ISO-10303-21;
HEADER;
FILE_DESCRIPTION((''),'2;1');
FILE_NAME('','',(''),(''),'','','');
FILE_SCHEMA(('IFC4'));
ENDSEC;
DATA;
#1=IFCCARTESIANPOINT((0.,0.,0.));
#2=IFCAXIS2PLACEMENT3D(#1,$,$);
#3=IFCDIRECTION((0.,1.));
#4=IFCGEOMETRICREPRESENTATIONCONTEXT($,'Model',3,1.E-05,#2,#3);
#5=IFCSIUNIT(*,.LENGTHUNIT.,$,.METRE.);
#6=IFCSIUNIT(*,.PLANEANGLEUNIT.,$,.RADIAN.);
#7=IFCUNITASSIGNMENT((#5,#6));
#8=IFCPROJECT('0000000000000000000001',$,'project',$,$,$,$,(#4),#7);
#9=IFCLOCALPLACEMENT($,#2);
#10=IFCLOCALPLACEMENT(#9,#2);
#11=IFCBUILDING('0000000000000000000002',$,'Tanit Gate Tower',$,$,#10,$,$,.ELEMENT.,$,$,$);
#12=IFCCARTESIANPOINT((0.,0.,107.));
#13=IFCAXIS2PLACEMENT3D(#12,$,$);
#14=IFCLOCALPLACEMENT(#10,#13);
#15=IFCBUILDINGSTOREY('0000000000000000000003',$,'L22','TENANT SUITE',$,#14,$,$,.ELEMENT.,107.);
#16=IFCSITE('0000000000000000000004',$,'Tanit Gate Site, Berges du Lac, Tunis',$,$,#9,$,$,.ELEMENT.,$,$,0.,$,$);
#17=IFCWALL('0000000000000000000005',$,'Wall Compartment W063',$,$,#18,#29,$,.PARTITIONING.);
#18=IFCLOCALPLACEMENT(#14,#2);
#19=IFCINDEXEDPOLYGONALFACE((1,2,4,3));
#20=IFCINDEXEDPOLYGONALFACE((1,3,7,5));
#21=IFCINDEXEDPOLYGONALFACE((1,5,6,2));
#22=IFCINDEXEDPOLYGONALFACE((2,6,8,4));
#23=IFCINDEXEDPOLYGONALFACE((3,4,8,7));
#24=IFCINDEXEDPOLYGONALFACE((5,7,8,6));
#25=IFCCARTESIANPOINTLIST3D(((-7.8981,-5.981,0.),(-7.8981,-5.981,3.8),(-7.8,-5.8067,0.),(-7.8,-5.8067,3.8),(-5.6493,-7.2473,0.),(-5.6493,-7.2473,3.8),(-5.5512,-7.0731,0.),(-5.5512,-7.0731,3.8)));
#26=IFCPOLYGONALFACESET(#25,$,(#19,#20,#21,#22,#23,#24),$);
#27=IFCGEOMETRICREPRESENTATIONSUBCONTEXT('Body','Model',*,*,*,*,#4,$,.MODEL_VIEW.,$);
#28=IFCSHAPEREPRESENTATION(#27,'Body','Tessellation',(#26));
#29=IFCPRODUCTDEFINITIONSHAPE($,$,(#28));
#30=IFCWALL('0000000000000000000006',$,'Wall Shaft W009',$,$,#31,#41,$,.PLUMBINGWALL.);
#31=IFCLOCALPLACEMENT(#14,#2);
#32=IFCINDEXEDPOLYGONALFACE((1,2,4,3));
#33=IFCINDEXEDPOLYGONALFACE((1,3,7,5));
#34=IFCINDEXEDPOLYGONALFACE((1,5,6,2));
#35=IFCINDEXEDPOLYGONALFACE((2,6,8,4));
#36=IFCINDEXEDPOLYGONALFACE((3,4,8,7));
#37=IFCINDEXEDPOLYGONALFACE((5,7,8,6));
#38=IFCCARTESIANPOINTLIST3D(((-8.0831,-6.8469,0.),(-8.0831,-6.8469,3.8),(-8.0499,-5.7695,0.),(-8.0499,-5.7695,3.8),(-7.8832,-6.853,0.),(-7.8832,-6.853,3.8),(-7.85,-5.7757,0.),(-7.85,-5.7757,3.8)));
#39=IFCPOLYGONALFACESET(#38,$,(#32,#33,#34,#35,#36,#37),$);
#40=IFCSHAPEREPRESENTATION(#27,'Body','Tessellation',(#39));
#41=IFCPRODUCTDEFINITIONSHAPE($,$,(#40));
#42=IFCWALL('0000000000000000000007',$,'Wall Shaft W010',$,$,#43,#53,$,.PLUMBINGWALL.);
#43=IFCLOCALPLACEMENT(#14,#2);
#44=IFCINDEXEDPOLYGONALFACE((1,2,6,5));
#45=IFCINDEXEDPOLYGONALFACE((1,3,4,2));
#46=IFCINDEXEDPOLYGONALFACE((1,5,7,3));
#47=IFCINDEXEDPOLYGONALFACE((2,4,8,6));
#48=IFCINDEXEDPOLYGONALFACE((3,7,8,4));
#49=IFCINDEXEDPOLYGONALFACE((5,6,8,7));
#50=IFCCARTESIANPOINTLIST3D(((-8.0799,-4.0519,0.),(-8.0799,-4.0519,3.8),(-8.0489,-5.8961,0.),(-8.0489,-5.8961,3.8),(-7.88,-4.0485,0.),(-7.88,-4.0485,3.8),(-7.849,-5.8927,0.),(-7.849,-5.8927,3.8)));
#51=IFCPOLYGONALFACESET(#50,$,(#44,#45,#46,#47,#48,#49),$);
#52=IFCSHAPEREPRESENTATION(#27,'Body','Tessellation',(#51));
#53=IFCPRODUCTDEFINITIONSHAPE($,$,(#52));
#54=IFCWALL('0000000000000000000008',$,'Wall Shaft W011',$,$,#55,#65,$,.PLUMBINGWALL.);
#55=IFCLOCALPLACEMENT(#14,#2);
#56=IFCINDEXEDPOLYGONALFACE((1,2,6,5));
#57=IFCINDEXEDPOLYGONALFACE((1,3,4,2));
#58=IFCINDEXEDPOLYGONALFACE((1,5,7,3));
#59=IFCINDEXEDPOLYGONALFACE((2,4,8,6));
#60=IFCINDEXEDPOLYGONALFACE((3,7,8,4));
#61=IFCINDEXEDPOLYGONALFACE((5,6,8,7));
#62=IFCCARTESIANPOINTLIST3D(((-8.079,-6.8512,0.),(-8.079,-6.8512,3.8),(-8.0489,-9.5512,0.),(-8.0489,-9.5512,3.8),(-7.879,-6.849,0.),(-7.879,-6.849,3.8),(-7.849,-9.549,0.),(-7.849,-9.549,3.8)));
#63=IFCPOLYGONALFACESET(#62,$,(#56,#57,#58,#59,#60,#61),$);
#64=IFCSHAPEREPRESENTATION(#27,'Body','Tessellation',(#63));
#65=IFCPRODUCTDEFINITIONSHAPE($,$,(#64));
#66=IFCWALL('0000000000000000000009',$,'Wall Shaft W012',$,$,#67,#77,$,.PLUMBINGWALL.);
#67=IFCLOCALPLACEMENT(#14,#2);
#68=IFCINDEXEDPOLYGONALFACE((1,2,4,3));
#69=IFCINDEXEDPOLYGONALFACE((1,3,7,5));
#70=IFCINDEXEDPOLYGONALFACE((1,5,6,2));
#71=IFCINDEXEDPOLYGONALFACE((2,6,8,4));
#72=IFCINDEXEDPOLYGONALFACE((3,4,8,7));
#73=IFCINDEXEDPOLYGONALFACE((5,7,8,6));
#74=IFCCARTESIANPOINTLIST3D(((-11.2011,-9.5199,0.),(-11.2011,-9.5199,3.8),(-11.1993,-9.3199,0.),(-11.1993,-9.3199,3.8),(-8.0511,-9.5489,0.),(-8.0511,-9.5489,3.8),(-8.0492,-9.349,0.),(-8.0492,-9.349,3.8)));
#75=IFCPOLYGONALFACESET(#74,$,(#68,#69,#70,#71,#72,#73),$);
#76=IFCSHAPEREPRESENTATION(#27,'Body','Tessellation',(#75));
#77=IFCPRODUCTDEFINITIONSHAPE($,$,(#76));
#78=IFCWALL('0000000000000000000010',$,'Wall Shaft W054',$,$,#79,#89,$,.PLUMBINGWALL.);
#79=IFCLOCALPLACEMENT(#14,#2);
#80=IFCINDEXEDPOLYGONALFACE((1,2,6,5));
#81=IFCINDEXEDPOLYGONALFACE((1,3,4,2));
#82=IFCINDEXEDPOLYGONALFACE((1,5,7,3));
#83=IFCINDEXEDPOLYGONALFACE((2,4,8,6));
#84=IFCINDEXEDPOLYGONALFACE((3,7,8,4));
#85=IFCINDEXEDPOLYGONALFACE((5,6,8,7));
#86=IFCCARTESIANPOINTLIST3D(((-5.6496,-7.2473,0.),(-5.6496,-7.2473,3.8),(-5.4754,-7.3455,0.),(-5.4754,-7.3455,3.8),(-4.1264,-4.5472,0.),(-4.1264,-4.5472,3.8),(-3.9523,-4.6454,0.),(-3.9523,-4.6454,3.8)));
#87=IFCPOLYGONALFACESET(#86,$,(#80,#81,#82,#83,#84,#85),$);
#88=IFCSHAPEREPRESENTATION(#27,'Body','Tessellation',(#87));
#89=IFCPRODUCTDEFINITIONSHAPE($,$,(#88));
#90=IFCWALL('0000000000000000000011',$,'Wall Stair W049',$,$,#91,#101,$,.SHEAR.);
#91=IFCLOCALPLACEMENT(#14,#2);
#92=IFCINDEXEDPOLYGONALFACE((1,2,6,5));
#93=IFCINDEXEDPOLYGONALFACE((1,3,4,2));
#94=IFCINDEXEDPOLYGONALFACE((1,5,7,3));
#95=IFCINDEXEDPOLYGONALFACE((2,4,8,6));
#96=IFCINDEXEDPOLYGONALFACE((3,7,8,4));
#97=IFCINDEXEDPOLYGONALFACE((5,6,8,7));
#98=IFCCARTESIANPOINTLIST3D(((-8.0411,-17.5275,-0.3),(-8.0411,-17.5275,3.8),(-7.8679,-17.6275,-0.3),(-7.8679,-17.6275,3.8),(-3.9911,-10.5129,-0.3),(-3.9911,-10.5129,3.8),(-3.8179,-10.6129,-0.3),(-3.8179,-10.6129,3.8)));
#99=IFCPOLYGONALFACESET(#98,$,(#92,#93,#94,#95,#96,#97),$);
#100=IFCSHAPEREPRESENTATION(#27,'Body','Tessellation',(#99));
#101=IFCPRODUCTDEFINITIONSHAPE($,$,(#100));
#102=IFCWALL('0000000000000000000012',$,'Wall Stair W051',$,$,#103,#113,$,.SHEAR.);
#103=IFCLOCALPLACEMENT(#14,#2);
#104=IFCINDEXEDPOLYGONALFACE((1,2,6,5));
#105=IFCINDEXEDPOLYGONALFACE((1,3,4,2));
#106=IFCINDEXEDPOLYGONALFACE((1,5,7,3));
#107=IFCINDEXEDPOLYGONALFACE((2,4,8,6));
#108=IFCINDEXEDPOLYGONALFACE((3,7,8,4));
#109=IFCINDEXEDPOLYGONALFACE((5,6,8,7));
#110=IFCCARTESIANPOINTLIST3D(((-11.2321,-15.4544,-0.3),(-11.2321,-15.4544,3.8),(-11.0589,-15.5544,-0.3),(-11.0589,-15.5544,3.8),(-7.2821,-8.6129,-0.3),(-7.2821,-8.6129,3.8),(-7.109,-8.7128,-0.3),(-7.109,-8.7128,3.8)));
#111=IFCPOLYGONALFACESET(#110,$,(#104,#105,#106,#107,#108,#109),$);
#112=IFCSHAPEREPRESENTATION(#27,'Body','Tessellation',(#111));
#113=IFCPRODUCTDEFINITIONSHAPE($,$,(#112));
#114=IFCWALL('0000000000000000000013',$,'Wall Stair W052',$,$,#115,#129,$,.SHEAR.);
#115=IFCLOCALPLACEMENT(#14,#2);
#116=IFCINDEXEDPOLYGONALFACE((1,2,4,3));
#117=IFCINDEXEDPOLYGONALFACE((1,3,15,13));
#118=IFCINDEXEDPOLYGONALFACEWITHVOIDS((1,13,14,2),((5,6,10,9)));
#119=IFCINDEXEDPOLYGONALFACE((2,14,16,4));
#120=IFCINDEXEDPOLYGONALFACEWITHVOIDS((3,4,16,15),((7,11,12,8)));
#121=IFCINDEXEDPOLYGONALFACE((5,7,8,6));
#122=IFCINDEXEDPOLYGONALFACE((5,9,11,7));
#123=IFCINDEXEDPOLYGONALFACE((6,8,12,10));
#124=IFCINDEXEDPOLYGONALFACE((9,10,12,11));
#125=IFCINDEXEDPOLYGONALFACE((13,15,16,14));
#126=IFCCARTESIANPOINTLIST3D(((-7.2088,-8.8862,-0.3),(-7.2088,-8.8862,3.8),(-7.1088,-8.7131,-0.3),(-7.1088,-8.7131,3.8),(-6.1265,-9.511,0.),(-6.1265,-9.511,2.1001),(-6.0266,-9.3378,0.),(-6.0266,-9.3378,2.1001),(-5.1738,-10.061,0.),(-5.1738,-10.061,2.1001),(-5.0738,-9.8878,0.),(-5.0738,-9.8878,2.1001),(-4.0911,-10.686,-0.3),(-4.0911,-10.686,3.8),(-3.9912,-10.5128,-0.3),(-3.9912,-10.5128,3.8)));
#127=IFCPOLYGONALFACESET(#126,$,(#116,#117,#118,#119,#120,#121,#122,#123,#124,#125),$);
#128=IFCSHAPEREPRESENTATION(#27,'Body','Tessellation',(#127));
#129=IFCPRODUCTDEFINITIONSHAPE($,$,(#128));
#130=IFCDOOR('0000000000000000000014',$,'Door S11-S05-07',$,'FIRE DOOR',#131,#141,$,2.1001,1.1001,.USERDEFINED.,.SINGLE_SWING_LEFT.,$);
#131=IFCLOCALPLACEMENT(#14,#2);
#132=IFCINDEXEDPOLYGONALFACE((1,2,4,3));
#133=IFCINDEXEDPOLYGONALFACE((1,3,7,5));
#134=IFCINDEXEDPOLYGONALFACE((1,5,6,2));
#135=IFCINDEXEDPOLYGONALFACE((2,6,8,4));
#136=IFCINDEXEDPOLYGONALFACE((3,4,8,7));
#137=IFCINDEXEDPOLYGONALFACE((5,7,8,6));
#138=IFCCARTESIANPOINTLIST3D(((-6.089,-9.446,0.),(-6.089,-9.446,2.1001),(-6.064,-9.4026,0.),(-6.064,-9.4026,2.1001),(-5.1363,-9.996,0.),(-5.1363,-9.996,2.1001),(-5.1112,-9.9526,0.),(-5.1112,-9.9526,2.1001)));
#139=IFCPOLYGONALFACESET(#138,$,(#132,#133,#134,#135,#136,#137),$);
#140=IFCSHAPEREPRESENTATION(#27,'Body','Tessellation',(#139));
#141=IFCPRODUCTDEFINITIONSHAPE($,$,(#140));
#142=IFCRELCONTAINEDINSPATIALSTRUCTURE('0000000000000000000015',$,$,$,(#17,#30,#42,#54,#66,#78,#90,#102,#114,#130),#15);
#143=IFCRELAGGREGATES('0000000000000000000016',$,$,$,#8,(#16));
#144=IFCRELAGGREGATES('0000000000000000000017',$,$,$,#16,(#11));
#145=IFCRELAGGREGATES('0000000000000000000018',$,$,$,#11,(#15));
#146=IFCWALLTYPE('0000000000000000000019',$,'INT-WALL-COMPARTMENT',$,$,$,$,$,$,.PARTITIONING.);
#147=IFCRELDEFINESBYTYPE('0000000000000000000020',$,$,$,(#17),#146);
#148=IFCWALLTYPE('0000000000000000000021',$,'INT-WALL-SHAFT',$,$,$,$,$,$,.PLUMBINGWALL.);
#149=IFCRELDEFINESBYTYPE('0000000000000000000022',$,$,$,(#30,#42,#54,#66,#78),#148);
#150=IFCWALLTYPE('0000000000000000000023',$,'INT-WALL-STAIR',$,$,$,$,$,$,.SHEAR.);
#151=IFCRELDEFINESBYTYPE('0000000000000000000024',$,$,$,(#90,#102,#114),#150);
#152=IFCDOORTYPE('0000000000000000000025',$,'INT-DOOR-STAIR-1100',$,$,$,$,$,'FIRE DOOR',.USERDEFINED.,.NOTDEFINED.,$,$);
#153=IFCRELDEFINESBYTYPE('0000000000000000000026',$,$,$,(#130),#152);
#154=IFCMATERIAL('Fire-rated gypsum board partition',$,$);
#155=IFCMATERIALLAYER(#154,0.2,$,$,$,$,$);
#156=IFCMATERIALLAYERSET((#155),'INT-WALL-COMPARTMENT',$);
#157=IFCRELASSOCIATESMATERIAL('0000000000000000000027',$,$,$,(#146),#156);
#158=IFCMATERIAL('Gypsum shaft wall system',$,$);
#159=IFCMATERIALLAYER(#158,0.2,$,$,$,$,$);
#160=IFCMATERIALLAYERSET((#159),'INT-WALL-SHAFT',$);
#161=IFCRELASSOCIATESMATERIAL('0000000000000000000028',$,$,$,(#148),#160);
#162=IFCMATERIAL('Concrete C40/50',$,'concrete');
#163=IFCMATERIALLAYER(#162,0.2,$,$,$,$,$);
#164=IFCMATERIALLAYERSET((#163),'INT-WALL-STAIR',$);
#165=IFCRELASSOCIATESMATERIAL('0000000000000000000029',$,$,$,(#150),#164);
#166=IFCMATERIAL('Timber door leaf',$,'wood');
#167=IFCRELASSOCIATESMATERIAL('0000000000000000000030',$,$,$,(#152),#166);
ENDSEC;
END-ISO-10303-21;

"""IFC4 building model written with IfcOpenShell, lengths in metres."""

from ifc_helpers import new_model, si_unit, direction, frame, frame_2d, origin, place, context, subcontext, project, spatial, rectangle, extrude, material, layer, layer_set, type_object, element, fill, save


model = new_model("IFC4")

# Units and contexts
model_context = context("Model", 3, precision=1e-05, world=origin(), true_north=direction((0.0, 1.0)))
body_context = subcontext(model_context, "Body", "Model", "MODEL_VIEW")
ifc_project = project(units=[si_unit("LENGTHUNIT", "METRE"), si_unit("PLANEANGLEUNIT", "RADIAN")], contexts=[model_context])

# Site, building, storey
site_placement = place(None, origin())
site = spatial("IfcSite", under=ifc_project, at=site_placement, Name="Tanit Gate Site, Berges du Lac, Tunis", CompositionType="ELEMENT", RefElevation=0.0)
building_placement = place(site_placement, origin())
building = spatial("IfcBuilding", under=site, at=building_placement, Name="Tanit Gate Tower", CompositionType="ELEMENT")
storey_placement = place(building_placement, frame((0.0, 0.0, 107.0)))
storey = spatial("IfcBuildingStorey", under=building, at=storey_placement, Name="L22", Description="TENANT SUITE", CompositionType="ELEMENT", Elevation=107.0)

# Walls
ifc_material_1 = material(Name="Fire-rated gypsum board partition")
ifc_layer_1 = layer(ifc_material_1, 0.2)
ifc_layer_set_1 = layer_set([ifc_layer_1], Name="INT-WALL-COMPARTMENT")
wall_type_1 = type_object("IfcWallType", Name="INT-WALL-COMPARTMENT", PredefinedType="PARTITIONING", material=ifc_layer_set_1)
wall_1_placement = place(storey_placement, frame((-7.8491, -5.8938, 0.0), z_axis=(0.0, 0.0, 1.0), x_axis=(0.87134, -0.490679, 0.0)))
element("IfcWall", 1, at=wall_1_placement, inside=storey, type_object=wall_type_1, Name="Wall Compartment W063", PredefinedType="PARTITIONING", context=body_context, shape_type="SweptSolid", body=[
    extrude(rectangle(XDim=2.5808, YDim=0.2, at=frame_2d((1.2905, 0.0))), origin(), (0.0, 0.0, 1.0), 3.8),
])
ifc_material_2 = material(Name="Gypsum shaft wall system")
ifc_layer_2 = layer(ifc_material_2, 0.2)
ifc_layer_set_2 = layer_set([ifc_layer_2], Name="INT-WALL-SHAFT")
wall_type_2 = type_object("IfcWallType", Name="INT-WALL-SHAFT", PredefinedType="PLUMBINGWALL", material=ifc_layer_set_2)
wall_2_placement = place(storey_placement, frame((-7.95, -5.7725, 0.0), z_axis=(0.0, 0.0, 1.0), x_axis=(-0.030803, -0.999525, 0.0)))
element("IfcWall", 2, at=wall_2_placement, inside=storey, type_object=wall_type_2, Name="Wall Shaft W009", PredefinedType="PLUMBINGWALL", context=body_context, shape_type="SweptSolid", body=[
    extrude(rectangle(XDim=1.0779, YDim=0.2, at=frame_2d((0.5391, 0.0))), origin(), (0.0, 0.0, 1.0), 3.8),
])
wall_3_placement = place(storey_placement, frame((-7.98, -4.05, 0.0), z_axis=(0.0, 0.0, 1.0), x_axis=(0.01681, -0.999859, 0.0)))
element("IfcWall", 3, at=wall_3_placement, inside=storey, type_object=wall_type_2, Name="Wall Shaft W010", PredefinedType="PLUMBINGWALL", context=body_context, shape_type="SweptSolid", body=[
    extrude(rectangle(XDim=1.8445, YDim=0.2, at=frame_2d((0.9224, 0.0))), origin(), (0.0, 0.0, 1.0), 3.8),
])
wall_4_placement = place(storey_placement, frame((-7.979, -6.8501, 0.0), z_axis=(0.0, 0.0, 1.0), x_axis=(0.011121, -0.999938, 0.0)))
element("IfcWall", 4, at=wall_4_placement, inside=storey, type_object=wall_type_2, Name="Wall Shaft W011", PredefinedType="PLUMBINGWALL", context=body_context, shape_type="SweptSolid", body=[
    extrude(rectangle(XDim=2.7002, YDim=0.2, at=frame_2d((1.3501, 0.0))), origin(), (0.0, 0.0, 1.0), 3.8),
])
wall_5_placement = place(storey_placement, frame((-8.05, -9.449, 0.0), z_axis=(0.0, 0.0, 1.0), x_axis=(-0.999957, 0.009223, 0.0)))
element("IfcWall", 5, at=wall_5_placement, inside=storey, type_object=wall_type_2, Name="Wall Shaft W012", PredefinedType="PLUMBINGWALL", context=body_context, shape_type="SweptSolid", body=[
    extrude(rectangle(XDim=3.1501, YDim=0.2, at=frame_2d((1.5752, 0.0))), origin(), (0.0, 0.0, 1.0), 3.8),
])
wall_6_placement = place(storey_placement, frame((-5.5625, -7.2964, 0.0), z_axis=(0.0, 0.0, 1.0), x_axis=(0.491323, 0.870978, 0.0)))
element("IfcWall", 6, at=wall_6_placement, inside=storey, type_object=wall_type_2, Name="Wall Shaft W054", PredefinedType="PLUMBINGWALL", context=body_context, shape_type="SweptSolid", body=[
    extrude(rectangle(XDim=3.1001, YDim=0.2, at=frame_2d((1.55, 0.0))), origin(), (0.0, 0.0, 1.0), 3.8),
])
ifc_material_3 = material(Name="Concrete C40/50", Category="concrete")
ifc_layer_3 = layer(ifc_material_3, 0.2)
ifc_layer_set_3 = layer_set([ifc_layer_3], Name="INT-WALL-STAIR")
wall_type_3 = type_object("IfcWallType", Name="INT-WALL-STAIR", PredefinedType="SHEAR", material=ifc_layer_set_3)
wall_7_placement = place(storey_placement, frame((-3.9045, -10.563, -0.3), z_axis=(0.0, 0.0, 1.0), x_axis=(-0.500013, -0.866018, 0.0)))
element("IfcWall", 7, at=wall_7_placement, inside=storey, type_object=wall_type_3, Name="Wall Stair W049", PredefinedType="SHEAR", context=body_context, shape_type="SweptSolid", body=[
    extrude(rectangle(XDim=8.0999, YDim=0.2, at=frame_2d((4.0498, 0.0))), origin(), (0.0, 0.0, 1.0), 4.1001),
])
wall_8_placement = place(storey_placement, frame((-7.1956, -8.6628, -0.3), z_axis=(0.0, 0.0, 1.0), x_axis=(-0.499998, -0.866027, 0.0)))
element("IfcWall", 8, at=wall_8_placement, inside=storey, type_object=wall_type_3, Name="Wall Stair W051", PredefinedType="SHEAR", context=body_context, shape_type="SweptSolid", body=[
    extrude(rectangle(XDim=7.8999, YDim=0.2, at=frame_2d((3.95, 0.0))), origin(), (0.0, 0.0, 1.0), 4.1001),
])

# Wall, opening, door
wall_9_placement = place(storey_placement, frame((-4.0413, -10.5994, -0.3), z_axis=(0.0, 0.0, 1.0), x_axis=(-0.866048, 0.499961, 0.0)))
wall_9 = element("IfcWall", 9, at=wall_9_placement, inside=storey, type_object=wall_type_3, Name="Wall Stair W052", PredefinedType="SHEAR", context=body_context, shape_type="SweptSolid", body=[
    extrude(rectangle(XDim=3.5999, YDim=0.2, at=frame_2d((1.7998, 0.0))), origin(), (0.0, 0.0, 1.0), 4.1001),
])
opening_placement = place(wall_9_placement, frame((1.25, 0.0, 0.3)))
opening = element("IfcOpeningElement", 10, at=opening_placement, cuts=wall_9, PredefinedType="OPENING", context=body_context, shape_type="SweptSolid", body=[
    extrude(rectangle(XDim=1.1001, YDim=2.1001, at=frame_2d((0.55, 1.05))), frame((0.0, 0.1099, 0.0), z_axis=(0.0, -1.0, 0.0), x_axis=(1.0, 0.0, 0.0)), (0.0, 0.0, 1.0), 0.22),
])
ifc_material_4 = material(Name="Timber door leaf", Category="wood")
door_type = type_object("IfcDoorType", Name="INT-DOOR-STAIR-1100", ElementType="FIRE DOOR", OperationType="NOTDEFINED", PredefinedType="USERDEFINED", material=ifc_material_4)
door_placement = place(opening_placement, origin())
door = element("IfcDoor", 11, at=door_placement, inside=storey, type_object=door_type, Name="Door S11-S05-07", ObjectType="FIRE DOOR", OperationType="SINGLE_SWING_LEFT", OverallHeight=2.1001, OverallWidth=1.1001, PredefinedType="USERDEFINED", context=body_context, shape_type="SweptSolid", body=[
    extrude(rectangle(XDim=1.1001, YDim=2.1001, at=frame_2d((0.55, 1.05))), frame((0.0, 0.0249, 0.0), z_axis=(0.0, -1.0, 0.0), x_axis=(1.0, 0.0, 0.0)), (0.0, 0.0, 1.0), 0.05),
])
fill(opening, door)

save(model, "model.ifc")
